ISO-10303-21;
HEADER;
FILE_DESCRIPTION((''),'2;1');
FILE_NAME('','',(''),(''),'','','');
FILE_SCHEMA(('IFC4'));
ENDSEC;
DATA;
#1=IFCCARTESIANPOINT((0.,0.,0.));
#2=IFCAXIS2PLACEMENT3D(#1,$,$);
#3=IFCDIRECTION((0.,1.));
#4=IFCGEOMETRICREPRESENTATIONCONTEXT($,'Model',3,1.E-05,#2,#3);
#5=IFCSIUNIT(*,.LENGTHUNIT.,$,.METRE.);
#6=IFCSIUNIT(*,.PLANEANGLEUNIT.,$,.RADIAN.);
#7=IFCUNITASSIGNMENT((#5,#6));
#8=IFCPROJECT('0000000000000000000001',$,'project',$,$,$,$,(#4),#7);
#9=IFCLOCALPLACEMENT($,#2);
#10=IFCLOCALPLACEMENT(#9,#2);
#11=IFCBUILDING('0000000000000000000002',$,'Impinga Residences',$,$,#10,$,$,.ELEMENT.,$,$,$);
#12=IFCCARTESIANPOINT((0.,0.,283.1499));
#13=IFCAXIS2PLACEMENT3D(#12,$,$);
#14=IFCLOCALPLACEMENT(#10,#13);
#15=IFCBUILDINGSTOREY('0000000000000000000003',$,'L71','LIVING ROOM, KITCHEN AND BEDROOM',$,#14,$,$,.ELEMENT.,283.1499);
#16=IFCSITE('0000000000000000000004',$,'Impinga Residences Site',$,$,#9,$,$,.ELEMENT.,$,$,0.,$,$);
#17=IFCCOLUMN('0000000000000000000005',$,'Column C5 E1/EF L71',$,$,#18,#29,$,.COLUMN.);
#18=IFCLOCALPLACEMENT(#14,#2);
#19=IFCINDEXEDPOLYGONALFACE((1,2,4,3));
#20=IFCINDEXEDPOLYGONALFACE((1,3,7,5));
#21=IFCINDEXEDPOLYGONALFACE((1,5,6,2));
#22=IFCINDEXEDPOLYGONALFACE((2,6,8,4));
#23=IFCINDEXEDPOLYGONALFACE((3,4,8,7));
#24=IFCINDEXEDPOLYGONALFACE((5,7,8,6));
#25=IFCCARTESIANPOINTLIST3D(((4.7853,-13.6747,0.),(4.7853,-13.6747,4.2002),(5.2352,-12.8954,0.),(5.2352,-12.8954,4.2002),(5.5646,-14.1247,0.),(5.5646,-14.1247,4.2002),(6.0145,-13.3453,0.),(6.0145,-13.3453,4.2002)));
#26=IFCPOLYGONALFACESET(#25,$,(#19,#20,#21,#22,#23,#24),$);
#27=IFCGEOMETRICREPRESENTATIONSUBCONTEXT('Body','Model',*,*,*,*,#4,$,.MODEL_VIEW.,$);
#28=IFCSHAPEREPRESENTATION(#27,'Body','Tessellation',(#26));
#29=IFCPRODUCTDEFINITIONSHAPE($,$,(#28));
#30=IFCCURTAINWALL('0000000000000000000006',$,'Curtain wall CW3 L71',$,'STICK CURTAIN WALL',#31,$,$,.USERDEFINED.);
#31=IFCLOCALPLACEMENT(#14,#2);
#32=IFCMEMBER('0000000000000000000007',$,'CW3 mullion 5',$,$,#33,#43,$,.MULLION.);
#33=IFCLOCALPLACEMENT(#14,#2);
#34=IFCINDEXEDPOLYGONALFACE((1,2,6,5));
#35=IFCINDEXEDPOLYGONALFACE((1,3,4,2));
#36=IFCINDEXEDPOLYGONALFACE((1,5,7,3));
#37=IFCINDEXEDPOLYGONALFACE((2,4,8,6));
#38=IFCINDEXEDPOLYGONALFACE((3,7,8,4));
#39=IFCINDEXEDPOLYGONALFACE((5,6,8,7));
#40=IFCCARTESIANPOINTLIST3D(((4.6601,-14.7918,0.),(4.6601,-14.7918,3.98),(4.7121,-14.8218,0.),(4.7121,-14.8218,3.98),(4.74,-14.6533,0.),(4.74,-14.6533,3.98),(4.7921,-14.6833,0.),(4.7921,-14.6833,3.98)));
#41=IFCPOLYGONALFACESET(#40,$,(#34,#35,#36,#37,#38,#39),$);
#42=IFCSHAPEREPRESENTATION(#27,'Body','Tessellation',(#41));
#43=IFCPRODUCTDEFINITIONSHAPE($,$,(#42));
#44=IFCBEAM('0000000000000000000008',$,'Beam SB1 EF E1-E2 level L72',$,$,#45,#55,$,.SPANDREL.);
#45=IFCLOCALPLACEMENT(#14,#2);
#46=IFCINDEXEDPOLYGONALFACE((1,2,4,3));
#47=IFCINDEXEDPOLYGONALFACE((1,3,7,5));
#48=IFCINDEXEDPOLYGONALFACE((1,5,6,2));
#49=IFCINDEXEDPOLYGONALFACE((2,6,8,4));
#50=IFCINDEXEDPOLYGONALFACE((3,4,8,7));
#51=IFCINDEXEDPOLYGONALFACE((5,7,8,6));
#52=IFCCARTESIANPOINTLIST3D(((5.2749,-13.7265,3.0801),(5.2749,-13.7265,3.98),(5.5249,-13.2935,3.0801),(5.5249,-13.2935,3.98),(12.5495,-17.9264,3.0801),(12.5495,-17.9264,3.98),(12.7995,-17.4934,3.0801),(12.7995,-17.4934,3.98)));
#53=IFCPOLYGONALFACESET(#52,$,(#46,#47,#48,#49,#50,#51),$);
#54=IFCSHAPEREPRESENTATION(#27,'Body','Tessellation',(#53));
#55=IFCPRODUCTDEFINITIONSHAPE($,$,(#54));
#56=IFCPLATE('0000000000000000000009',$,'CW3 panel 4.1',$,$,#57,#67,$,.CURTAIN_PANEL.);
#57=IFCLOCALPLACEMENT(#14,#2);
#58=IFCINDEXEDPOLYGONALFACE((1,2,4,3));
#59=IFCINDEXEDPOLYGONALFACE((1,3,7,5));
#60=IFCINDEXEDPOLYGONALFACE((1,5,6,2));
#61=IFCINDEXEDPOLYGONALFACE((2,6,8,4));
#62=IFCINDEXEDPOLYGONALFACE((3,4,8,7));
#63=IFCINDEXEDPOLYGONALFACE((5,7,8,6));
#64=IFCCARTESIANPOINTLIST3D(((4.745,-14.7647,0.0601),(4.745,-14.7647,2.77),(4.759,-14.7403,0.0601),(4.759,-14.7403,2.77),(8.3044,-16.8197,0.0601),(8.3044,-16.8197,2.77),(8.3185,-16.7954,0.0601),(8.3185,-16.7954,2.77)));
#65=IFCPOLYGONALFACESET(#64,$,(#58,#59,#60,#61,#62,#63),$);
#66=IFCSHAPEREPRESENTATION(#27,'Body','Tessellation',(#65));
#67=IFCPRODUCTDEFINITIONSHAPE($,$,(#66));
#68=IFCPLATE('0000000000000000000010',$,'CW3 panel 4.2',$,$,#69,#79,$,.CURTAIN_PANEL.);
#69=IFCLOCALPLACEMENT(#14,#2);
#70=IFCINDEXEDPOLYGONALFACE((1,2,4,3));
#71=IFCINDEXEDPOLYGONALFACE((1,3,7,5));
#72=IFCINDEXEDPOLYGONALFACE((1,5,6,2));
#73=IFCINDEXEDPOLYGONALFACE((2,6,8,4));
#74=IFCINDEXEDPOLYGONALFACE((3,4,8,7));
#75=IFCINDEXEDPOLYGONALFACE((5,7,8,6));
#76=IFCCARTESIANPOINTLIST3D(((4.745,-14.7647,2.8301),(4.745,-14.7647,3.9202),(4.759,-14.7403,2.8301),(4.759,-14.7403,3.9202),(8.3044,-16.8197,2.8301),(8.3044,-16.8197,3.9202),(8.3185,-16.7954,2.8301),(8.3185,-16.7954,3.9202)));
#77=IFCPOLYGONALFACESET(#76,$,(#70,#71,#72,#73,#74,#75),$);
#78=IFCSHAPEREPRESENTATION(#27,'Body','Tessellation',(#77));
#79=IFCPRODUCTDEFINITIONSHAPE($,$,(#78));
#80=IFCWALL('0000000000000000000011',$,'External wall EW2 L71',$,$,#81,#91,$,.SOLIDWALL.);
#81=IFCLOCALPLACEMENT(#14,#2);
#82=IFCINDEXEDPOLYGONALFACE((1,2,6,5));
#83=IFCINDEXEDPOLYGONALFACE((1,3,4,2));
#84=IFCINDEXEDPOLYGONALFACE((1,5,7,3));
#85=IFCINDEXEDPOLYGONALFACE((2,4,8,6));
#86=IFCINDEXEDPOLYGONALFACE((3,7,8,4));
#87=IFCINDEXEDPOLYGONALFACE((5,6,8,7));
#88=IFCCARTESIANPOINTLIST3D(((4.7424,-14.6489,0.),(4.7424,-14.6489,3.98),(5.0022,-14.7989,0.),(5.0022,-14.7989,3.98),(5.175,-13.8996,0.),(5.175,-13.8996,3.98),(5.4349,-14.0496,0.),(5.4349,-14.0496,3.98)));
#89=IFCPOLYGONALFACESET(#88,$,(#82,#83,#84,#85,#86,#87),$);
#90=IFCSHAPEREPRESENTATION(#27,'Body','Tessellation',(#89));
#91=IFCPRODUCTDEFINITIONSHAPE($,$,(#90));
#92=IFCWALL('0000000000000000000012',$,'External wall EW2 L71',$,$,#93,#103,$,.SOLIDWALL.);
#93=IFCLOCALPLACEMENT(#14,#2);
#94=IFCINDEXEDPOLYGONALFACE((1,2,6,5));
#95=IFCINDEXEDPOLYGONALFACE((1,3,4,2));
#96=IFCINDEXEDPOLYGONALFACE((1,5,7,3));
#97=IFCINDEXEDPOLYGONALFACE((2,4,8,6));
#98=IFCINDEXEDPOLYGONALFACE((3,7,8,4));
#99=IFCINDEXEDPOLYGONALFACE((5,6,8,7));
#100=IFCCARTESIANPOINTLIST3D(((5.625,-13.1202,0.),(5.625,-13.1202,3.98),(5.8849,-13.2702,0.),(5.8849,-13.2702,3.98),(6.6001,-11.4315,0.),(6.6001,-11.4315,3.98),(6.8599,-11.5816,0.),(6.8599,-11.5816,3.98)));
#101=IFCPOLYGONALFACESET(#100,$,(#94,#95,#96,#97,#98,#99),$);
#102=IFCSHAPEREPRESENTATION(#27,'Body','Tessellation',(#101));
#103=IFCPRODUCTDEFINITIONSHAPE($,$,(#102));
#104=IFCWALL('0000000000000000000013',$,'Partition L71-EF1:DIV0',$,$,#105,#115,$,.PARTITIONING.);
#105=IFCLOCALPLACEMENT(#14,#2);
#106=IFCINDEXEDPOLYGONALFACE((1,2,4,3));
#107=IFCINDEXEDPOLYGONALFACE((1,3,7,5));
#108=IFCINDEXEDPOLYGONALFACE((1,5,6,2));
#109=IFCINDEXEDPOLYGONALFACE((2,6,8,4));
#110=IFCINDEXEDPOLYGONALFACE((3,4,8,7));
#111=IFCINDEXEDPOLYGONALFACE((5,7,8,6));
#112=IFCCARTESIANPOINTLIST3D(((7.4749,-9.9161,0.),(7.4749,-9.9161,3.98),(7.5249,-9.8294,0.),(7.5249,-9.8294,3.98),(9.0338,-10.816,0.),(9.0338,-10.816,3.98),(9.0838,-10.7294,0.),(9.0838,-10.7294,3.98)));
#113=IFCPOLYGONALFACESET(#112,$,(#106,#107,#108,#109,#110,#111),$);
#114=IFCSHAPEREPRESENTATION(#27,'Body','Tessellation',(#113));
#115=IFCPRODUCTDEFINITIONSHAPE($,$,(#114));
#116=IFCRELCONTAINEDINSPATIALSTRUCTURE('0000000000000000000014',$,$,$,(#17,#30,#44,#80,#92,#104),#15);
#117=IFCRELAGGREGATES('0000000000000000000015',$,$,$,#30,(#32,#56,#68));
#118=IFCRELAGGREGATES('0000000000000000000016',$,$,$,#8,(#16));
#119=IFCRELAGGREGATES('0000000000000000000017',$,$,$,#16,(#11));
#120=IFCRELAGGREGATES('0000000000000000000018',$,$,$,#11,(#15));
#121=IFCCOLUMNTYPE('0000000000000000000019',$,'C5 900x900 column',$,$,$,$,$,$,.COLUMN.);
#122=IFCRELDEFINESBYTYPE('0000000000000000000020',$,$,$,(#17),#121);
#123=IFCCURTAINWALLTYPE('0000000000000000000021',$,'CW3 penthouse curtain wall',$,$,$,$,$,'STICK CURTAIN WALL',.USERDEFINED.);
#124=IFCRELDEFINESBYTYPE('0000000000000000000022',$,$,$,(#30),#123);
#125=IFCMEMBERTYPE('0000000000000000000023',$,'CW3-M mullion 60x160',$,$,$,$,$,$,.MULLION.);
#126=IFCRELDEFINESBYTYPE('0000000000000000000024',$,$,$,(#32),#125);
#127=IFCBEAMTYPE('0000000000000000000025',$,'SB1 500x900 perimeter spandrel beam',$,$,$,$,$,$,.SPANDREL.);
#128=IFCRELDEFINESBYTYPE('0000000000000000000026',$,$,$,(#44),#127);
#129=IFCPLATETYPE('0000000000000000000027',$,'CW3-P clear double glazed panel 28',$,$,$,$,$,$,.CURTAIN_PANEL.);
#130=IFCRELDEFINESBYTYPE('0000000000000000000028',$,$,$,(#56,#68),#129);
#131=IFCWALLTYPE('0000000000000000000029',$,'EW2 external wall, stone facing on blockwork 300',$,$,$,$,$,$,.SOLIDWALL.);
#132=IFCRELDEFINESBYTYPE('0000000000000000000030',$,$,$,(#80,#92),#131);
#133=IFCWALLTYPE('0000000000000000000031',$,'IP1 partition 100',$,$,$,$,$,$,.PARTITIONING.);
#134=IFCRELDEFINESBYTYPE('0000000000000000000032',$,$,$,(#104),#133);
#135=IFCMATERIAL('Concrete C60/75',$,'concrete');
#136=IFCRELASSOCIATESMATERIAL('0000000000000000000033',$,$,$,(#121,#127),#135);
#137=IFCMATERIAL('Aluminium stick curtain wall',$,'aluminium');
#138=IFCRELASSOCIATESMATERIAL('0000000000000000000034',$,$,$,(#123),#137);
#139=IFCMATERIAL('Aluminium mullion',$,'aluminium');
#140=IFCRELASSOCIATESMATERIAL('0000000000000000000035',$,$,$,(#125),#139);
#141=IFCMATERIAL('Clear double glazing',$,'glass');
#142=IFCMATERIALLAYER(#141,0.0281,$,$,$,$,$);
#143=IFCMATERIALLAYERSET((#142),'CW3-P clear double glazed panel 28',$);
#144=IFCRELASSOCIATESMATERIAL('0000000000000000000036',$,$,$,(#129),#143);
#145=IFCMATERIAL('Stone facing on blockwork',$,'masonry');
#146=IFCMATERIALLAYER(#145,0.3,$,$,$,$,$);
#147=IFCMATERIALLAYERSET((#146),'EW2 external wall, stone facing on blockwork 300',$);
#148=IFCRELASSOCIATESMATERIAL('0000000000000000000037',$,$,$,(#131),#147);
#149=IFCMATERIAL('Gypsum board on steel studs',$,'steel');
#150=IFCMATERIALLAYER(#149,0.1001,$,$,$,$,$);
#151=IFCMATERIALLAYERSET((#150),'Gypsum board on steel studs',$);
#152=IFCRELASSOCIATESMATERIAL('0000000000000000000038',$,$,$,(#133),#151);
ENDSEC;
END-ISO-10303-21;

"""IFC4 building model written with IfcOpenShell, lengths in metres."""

from ifc_helpers import new_model, si_unit, direction, frame, frame_2d, origin, origin_2d, place, context, subcontext, project, spatial, rectangle, extrude, material, layer, layer_set, material_profile, profile_set, type_object, element, aggregate, save


model = new_model("IFC4")

# Units and contexts
model_context = context("Model", 3, precision=1e-05, world=origin(), true_north=direction((0.0, 1.0)))
body_context = subcontext(model_context, "Body", "Model", "MODEL_VIEW")
ifc_project = project(units=[si_unit("LENGTHUNIT", "METRE"), si_unit("PLANEANGLEUNIT", "RADIAN")], contexts=[model_context])

# Site, building, storey
site_placement = place(None, origin())
site = spatial("IfcSite", under=ifc_project, at=site_placement, Name="Impinga Residences Site", CompositionType="ELEMENT", RefElevation=0.0)
building_placement = place(site_placement, origin())
building = spatial("IfcBuilding", under=site, at=building_placement, Name="Impinga Residences", CompositionType="ELEMENT")
storey_placement = place(building_placement, frame((0.0, 0.0, 283.1499)))
storey = spatial("IfcBuildingStorey", under=building, at=storey_placement, Name="L71", Description="LIVING ROOM, KITCHEN AND BEDROOM", CompositionType="ELEMENT", Elevation=283.1499)

# Column
ifc_material_1 = material(Name="Concrete C60/75", Category="concrete")
ifc_material_profile_1 = material_profile(ifc_material_1, rectangle(XDim=0.8999, YDim=0.8999, at=origin_2d()), Name="RC 900x900")
ifc_profile_set_1 = profile_set([ifc_material_profile_1], Name="Concrete C60/75")
column_type = type_object("IfcColumnType", Name="C5 900x900 column", PredefinedType="COLUMN", material=ifc_profile_set_1)
column_placement = place(storey_placement, frame((5.3999, -13.51, 0.0), z_axis=(0.0, 0.0, 1.0), x_axis=(-0.5, -0.866025, 0.0)))
element("IfcColumn", 1, at=column_placement, inside=storey, type_object=column_type, Name="Column C5 E1/EF L71", PredefinedType="COLUMN", context=body_context, shape_type="SweptSolid", body=[
    extrude(rectangle(XDim=0.8999, YDim=0.8999, at=origin_2d()), origin(), (0.0, 0.0, 1.0), 4.2002),
])

# Curtain wall, member
ifc_material_2 = material(Name="Aluminium stick curtain wall", Category="aluminium")
curtain_wall_type = type_object("IfcCurtainWallType", Name="CW3 penthouse curtain wall", ElementType="STICK CURTAIN WALL", PredefinedType="USERDEFINED", material=ifc_material_2)
curtain_wall_placement = place(storey_placement, origin())
curtain_wall = element("IfcCurtainWall", 2, at=curtain_wall_placement, inside=storey, type_object=curtain_wall_type, Name="Curtain wall CW3 L71", ObjectType="STICK CURTAIN WALL", PredefinedType="USERDEFINED")
ifc_material_3 = material(Name="Aluminium mullion", Category="aluminium")
ifc_material_profile_2 = material_profile(ifc_material_3, rectangle(XDim=0.0601, YDim=0.1599, at=origin_2d()), Name="60x160 mullion")
ifc_profile_set_2 = profile_set([ifc_material_profile_2], Name="Aluminium mullion")
member_type = type_object("IfcMemberType", Name="CW3-M mullion 60x160", PredefinedType="MULLION", material=ifc_profile_set_2)
member_placement = place(storey_placement, frame((4.7261, -14.7375, 0.0), z_axis=(0.0, 0.0, 1.0), x_axis=(-0.866025, 0.5, 0.0)))
member = element("IfcMember", 3, at=member_placement, type_object=member_type, Name="CW3 mullion 5", PredefinedType="MULLION", context=body_context, shape_type="SweptSolid", body=[
    extrude(rectangle(XDim=0.0601, YDim=0.1599, at=origin_2d()), origin(), (0.0, 0.0, 1.0), 3.98),
])

# Beam
ifc_material_profile_3 = material_profile(ifc_material_1, rectangle(XDim=0.5, YDim=0.8999, at=origin_2d()), Name="RC 500x900")
ifc_profile_set_3 = profile_set([ifc_material_profile_3], Name="Concrete C60/75")
beam_type = type_object("IfcBeamType", Name="SB1 500x900 perimeter spandrel beam", PredefinedType="SPANDREL", material=ifc_profile_set_3)
beam_placement = place(storey_placement, frame((5.3999, -13.51, 3.53), z_axis=(0.866029, -0.499993, 0.0), x_axis=(0.499993, 0.866029, 0.0)))
element("IfcBeam", 4, at=beam_placement, inside=storey, type_object=beam_type, Name="Beam SB1 EF E1-E2 level L72", PredefinedType="SPANDREL", context=body_context, shape_type="SweptSolid", body=[
    extrude(rectangle(XDim=0.5, YDim=0.8999, at=origin_2d()), origin(), (0.0, 0.0, 1.0), 8.3999),
])

# Plates
ifc_material_4 = material(Name="Clear double glazing", Category="glass")
ifc_layer_1 = layer(ifc_material_4, 0.0281)
ifc_layer_set_1 = layer_set([ifc_layer_1], Name="CW3-P clear double glazed panel 28")
plate_type = type_object("IfcPlateType", Name="CW3-P clear double glazed panel 28", PredefinedType="CURTAIN_PANEL", material=ifc_layer_set_1)
plate_1_placement = place(storey_placement, frame((6.5317, -15.78, 0.0601), z_axis=(0.0, 0.0, 1.0), x_axis=(-0.866025, 0.5, 0.0)))
plate_1 = element("IfcPlate", 5, at=plate_1_placement, type_object=plate_type, Name="CW3 panel 4.1", PredefinedType="CURTAIN_PANEL", context=body_context, shape_type="SweptSolid", body=[
    extrude(rectangle(XDim=4.1101, YDim=0.0281, at=origin_2d()), origin(), (0.0, 0.0, 1.0), 2.71),
])
plate_2_placement = place(storey_placement, frame((6.5317, -15.78, 2.8301), z_axis=(0.0, 0.0, 1.0), x_axis=(-0.866025, 0.5, 0.0)))
plate_2 = element("IfcPlate", 6, at=plate_2_placement, type_object=plate_type, Name="CW3 panel 4.2", PredefinedType="CURTAIN_PANEL", context=body_context, shape_type="SweptSolid", body=[
    extrude(rectangle(XDim=4.1101, YDim=0.0281, at=origin_2d()), origin(), (0.0, 0.0, 1.0), 1.0901),
])
aggregate(curtain_wall, [member, plate_1, plate_2])

# Walls
ifc_material_5 = material(Name="Stone facing on blockwork", Category="masonry")
ifc_layer_2 = layer(ifc_material_5, 0.3)
ifc_layer_set_2 = layer_set([ifc_layer_2], Name="EW2 external wall, stone facing on blockwork 300")
wall_type_1 = type_object("IfcWallType", Name="EW2 external wall, stone facing on blockwork 300", PredefinedType="SOLIDWALL", material=ifc_layer_set_2)
wall_1_placement = place(storey_placement, frame((4.8723, -14.7239, 0.0), z_axis=(0.0, 0.0, 1.0), x_axis=(0.500024, 0.866012, 0.0)))
element("IfcWall", 7, at=wall_1_placement, inside=storey, type_object=wall_type_1, Name="External wall EW2 L71", PredefinedType="SOLIDWALL", context=body_context, shape_type="SweptSolid", body=[
    extrude(rectangle(XDim=0.8652, YDim=0.3, at=frame_2d((0.4326, 0.0))), origin(), (0.0, 0.0, 1.0), 3.98),
])
wall_2_placement = place(storey_placement, frame((5.7549, -13.1953, 0.0), z_axis=(0.0, 0.0, 1.0), x_axis=(0.500044, 0.866, 0.0)))
element("IfcWall", 8, at=wall_2_placement, inside=storey, type_object=wall_type_1, Name="External wall EW2 L71", PredefinedType="SOLIDWALL", context=body_context, shape_type="SweptSolid", body=[
    extrude(rectangle(XDim=1.95, YDim=0.3, at=frame_2d((0.9751, 0.0))), origin(), (0.0, 0.0, 1.0), 3.98),
])
ifc_material_6 = material(Name="Gypsum board on steel studs", Category="steel")
ifc_layer_3 = layer(ifc_material_6, 0.1001)
ifc_layer_set_3 = layer_set([ifc_layer_3], Name="Gypsum board on steel studs")
wall_type_2 = type_object("IfcWallType", Name="IP1 partition 100", PredefinedType="PARTITIONING", material=ifc_layer_set_3)
wall_3_placement = place(storey_placement, frame((7.5, -9.8728, 0.0), z_axis=(0.0, 0.0, 1.0), x_axis=(0.866048, -0.499961, 0.0)))
element("IfcWall", 9, at=wall_3_placement, inside=storey, type_object=wall_type_2, Name="Partition L71-EF1:DIV0", PredefinedType="PARTITIONING", context=body_context, shape_type="SweptSolid", body=[
    extrude(rectangle(XDim=1.8, YDim=0.1001, at=frame_2d((0.8999, 0.0))), origin(), (0.0, 0.0, 1.0), 3.98),
])

save(model, "model.ifc")
